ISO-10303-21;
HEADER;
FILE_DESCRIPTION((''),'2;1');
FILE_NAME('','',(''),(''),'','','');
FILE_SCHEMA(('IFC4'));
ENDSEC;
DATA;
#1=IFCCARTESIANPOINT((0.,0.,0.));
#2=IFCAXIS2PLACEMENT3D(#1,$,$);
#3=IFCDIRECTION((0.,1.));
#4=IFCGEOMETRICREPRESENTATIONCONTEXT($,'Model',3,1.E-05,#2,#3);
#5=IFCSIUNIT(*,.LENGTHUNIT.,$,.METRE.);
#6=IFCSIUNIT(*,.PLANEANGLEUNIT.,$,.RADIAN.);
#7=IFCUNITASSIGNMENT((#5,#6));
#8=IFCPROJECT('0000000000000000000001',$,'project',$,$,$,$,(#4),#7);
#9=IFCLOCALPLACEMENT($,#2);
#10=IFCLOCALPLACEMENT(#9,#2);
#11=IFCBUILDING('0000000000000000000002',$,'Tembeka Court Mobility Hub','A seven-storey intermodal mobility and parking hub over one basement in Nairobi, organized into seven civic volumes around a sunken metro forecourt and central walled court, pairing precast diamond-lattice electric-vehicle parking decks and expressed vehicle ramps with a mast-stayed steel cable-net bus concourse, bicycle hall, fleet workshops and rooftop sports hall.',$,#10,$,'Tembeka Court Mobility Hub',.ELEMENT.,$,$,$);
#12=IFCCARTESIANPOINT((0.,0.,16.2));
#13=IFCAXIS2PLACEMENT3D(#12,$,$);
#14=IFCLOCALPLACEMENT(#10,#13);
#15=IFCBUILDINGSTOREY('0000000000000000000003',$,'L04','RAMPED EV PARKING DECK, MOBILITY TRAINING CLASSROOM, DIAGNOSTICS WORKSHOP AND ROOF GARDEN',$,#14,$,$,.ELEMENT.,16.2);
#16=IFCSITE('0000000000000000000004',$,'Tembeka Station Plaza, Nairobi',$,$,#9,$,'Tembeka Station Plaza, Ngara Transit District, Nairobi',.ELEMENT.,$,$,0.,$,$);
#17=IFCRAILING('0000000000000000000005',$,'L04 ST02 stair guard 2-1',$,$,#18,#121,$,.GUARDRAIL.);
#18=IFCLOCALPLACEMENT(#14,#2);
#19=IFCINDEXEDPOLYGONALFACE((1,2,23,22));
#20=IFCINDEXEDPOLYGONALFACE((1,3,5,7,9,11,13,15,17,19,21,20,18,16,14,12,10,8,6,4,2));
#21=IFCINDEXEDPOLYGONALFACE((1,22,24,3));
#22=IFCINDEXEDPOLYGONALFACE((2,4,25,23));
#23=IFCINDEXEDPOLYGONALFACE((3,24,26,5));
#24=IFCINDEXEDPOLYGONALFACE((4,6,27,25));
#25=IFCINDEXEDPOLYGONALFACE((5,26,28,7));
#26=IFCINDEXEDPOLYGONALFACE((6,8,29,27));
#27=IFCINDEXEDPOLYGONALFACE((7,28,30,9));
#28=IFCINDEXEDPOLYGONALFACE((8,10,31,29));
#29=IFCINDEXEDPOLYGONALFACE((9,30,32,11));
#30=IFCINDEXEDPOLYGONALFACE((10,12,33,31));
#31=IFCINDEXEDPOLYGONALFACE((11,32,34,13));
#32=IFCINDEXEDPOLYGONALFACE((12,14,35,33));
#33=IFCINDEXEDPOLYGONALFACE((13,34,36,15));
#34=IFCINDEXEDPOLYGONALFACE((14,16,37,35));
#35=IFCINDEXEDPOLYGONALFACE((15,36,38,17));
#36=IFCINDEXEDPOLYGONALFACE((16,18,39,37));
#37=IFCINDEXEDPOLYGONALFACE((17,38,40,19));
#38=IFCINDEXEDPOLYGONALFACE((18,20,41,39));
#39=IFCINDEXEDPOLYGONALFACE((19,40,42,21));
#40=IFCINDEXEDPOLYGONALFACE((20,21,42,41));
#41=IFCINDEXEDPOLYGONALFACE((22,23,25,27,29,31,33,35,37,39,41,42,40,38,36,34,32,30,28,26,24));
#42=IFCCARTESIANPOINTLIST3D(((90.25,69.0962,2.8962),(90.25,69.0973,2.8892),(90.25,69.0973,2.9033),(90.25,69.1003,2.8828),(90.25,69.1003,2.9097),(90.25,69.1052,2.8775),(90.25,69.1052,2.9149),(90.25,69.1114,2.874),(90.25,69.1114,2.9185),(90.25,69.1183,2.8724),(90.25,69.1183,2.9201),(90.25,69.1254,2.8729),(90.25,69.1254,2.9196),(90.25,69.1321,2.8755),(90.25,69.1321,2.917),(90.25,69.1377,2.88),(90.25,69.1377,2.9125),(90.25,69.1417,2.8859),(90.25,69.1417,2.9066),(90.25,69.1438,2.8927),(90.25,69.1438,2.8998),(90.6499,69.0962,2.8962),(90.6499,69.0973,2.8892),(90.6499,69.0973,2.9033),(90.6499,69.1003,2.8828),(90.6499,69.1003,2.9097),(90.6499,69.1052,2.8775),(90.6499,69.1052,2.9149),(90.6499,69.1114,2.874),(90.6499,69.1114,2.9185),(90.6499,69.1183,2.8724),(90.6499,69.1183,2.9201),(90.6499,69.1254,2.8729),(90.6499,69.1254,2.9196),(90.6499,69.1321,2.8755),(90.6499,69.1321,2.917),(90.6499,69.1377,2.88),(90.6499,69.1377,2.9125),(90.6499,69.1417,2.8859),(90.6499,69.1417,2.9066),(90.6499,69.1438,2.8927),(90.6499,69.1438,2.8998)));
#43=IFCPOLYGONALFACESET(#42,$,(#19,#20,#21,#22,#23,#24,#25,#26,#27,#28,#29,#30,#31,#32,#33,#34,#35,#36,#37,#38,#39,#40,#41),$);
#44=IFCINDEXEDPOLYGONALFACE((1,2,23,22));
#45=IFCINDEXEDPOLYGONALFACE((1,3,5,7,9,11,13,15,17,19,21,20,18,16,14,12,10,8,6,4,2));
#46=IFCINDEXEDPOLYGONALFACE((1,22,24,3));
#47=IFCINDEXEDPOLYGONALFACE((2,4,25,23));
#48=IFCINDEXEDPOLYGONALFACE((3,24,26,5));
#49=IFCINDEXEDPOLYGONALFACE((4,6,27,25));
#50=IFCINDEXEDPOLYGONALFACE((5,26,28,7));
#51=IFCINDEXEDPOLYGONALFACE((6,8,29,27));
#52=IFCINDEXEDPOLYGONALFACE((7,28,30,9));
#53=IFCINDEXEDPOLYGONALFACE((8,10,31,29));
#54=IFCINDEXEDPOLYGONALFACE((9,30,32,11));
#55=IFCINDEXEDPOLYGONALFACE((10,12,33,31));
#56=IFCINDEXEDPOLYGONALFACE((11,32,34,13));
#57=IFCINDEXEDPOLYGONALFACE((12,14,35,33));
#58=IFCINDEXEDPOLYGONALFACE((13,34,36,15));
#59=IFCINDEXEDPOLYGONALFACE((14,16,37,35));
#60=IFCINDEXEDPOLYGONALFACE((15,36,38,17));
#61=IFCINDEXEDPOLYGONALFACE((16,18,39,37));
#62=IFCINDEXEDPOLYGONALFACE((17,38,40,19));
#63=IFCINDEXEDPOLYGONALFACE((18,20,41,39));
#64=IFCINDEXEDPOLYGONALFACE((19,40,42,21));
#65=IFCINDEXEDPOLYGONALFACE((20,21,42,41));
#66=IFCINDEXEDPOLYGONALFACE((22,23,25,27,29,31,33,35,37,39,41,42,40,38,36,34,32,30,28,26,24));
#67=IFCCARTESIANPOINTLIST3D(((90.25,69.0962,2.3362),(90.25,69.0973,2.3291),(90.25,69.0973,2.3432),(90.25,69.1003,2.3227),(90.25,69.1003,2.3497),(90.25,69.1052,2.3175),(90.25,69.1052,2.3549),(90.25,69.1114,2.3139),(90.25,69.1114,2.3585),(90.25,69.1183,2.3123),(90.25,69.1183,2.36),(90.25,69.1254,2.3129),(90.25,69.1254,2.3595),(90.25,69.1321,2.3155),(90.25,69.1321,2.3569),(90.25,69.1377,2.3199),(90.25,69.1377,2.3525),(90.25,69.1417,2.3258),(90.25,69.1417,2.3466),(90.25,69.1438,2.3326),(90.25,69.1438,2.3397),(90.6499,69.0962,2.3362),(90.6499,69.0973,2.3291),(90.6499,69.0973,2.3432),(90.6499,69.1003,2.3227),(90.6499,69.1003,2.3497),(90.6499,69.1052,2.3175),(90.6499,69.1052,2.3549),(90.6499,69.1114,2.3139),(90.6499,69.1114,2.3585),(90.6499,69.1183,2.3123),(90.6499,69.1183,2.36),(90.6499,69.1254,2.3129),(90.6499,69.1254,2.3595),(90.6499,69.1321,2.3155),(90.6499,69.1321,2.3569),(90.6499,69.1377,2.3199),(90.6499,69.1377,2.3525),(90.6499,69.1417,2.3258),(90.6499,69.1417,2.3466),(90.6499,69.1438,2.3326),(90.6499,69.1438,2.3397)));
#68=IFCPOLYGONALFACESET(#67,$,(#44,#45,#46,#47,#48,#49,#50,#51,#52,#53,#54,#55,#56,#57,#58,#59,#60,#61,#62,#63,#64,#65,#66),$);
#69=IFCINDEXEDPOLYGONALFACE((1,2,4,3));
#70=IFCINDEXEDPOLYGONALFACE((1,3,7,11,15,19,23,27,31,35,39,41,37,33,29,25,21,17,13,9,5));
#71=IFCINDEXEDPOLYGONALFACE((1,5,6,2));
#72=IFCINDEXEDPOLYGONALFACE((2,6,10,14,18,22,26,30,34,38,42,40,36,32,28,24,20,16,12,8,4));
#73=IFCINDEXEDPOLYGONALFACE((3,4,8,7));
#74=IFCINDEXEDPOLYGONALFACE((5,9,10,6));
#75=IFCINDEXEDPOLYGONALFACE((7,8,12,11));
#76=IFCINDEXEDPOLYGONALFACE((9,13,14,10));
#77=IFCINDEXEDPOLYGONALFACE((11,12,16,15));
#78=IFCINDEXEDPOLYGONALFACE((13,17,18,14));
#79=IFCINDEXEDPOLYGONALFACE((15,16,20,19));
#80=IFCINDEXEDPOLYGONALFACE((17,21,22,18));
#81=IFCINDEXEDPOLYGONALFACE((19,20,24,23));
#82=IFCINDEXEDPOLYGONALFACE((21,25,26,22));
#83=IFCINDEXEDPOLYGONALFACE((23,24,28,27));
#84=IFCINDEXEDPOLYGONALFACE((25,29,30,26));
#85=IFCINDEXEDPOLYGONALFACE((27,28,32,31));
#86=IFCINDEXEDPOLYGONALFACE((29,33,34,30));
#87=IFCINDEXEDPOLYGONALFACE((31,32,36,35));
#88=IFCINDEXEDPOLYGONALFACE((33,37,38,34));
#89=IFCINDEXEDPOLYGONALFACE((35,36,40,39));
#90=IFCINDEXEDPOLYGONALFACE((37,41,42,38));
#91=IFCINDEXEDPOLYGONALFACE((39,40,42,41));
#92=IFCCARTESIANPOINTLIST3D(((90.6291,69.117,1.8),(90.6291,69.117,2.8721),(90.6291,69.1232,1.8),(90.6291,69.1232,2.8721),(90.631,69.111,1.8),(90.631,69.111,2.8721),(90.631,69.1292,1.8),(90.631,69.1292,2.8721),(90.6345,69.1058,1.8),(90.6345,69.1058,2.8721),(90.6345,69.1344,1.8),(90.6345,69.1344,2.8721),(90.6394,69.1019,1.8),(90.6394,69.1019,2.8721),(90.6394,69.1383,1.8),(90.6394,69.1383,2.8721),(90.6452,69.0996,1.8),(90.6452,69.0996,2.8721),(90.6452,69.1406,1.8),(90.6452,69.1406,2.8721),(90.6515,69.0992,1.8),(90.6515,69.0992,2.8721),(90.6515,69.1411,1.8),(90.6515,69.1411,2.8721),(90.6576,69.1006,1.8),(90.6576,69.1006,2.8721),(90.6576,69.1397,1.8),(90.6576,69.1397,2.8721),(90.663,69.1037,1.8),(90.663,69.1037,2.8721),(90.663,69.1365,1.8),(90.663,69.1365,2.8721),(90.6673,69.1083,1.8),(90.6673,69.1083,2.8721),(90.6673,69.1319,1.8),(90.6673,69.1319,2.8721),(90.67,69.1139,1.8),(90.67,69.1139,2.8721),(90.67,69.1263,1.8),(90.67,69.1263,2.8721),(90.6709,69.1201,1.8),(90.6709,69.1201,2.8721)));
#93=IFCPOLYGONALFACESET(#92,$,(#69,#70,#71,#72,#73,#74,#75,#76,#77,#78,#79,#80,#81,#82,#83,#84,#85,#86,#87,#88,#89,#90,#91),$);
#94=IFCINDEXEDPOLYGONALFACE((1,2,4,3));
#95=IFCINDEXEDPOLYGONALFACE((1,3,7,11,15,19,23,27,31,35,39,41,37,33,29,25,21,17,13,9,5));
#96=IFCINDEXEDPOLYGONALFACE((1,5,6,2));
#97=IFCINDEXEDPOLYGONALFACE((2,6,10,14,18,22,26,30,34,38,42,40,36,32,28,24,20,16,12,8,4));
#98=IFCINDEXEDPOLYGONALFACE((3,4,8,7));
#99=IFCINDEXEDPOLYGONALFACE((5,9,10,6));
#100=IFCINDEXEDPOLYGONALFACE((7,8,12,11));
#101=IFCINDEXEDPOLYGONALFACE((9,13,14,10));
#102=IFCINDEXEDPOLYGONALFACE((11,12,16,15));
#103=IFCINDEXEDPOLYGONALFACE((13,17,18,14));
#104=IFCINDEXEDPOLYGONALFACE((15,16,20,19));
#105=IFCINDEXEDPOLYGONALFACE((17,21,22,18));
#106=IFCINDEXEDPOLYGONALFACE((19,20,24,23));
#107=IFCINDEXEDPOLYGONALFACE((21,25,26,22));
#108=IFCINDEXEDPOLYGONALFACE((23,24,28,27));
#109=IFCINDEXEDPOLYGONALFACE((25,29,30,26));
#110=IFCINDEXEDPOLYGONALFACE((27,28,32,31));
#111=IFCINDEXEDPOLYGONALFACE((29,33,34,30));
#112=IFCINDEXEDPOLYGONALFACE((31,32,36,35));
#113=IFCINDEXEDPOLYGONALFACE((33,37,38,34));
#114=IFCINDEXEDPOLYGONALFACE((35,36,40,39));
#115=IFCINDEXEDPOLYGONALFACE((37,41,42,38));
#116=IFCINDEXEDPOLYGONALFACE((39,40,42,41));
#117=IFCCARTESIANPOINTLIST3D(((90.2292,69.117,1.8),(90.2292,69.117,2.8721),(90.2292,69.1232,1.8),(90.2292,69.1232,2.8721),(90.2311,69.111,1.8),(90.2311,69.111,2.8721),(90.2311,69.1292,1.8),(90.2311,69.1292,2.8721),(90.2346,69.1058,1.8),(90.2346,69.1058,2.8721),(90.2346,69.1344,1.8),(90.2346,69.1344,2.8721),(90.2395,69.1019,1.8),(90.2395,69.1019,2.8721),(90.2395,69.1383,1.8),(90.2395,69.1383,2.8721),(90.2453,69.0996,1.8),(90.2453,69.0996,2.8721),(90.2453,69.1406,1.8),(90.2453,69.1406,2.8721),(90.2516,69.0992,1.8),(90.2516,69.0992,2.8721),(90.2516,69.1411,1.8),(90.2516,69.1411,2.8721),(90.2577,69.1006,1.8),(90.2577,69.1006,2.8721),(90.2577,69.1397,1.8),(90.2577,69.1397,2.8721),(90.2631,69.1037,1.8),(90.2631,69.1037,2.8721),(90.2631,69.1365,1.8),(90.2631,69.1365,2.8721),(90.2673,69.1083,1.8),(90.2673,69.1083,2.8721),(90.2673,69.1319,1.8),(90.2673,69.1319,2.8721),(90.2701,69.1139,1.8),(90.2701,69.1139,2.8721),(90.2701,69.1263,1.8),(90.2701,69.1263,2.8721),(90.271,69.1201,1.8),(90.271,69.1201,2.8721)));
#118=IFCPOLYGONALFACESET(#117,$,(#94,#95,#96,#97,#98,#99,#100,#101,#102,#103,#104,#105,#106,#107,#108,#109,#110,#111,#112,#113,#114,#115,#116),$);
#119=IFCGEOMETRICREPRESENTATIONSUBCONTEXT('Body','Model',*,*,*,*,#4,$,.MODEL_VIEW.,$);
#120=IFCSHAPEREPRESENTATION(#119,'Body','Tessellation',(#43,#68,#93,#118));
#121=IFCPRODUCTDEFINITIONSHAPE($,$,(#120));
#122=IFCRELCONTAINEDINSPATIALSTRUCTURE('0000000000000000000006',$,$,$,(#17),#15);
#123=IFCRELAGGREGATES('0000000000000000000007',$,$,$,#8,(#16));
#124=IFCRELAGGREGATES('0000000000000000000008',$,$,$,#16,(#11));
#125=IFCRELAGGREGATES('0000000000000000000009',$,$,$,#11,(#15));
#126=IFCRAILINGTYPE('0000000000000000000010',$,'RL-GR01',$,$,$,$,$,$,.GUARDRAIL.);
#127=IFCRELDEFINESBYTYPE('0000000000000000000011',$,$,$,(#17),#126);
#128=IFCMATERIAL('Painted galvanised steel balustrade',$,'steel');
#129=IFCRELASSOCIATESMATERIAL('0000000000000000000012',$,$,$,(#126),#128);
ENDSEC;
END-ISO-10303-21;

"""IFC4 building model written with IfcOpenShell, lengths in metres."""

from ifc_helpers import new_model, si_unit, direction, frame, origin, origin_2d, place, context, subcontext, project, spatial, circle, extrude, material, type_object, element, save


model = new_model("IFC4")

# Units and contexts
model_context = context("Model", 3, precision=1e-05, world=origin(), true_north=direction((0.0, 1.0)))
body_context = subcontext(model_context, "Body", "Model", "MODEL_VIEW")
ifc_project = project(units=[si_unit("LENGTHUNIT", "METRE"), si_unit("PLANEANGLEUNIT", "RADIAN")], contexts=[model_context])

# Site, building, storey
site_placement = place(None, origin())
site = spatial("IfcSite", under=ifc_project, at=site_placement, Name="Tembeka Station Plaza, Nairobi", LongName="Tembeka Station Plaza, Ngara Transit District, Nairobi", CompositionType="ELEMENT", RefElevation=0.0)
building_placement = place(site_placement, origin())
building = spatial("IfcBuilding", under=site, at=building_placement, Name="Tembeka Court Mobility Hub", Description="A seven-storey intermodal mobility and parking hub over one basement in Nairobi, organized into seven civic volumes around a sunken metro forecourt and central walled court, pairing precast diamond-lattice electric-vehicle parking decks and expressed vehicle ramps with a mast-stayed steel cable-net bus concourse, bicycle hall, fleet workshops and rooftop sports hall.", LongName="Tembeka Court Mobility Hub", CompositionType="ELEMENT")
storey_placement = place(building_placement, frame((0.0, 0.0, 16.2)))
storey = spatial("IfcBuildingStorey", under=building, at=storey_placement, Name="L04", Description="RAMPED EV PARKING DECK, MOBILITY TRAINING CLASSROOM, DIAGNOSTICS WORKSHOP AND ROOF GARDEN", CompositionType="ELEMENT", Elevation=16.2)

# Railing
ifc_material_1 = material(Name="Painted galvanised steel balustrade", Category="steel")
railing_type_1 = type_object("IfcRailingType", Name="RL-GR01", PredefinedType="GUARDRAIL", material=ifc_material_1)
railing_1_placement = place(storey_placement, frame((90.6499, 69.1201, 1.8)))
element("IfcRailing", 1, at=railing_1_placement, inside=storey, type_object=railing_type_1, Name="L04 ST02 stair guard 2-1", PredefinedType="GUARDRAIL", context=body_context, shape_type="SweptSolid", body=[
    extrude(circle(Radius=0.0239, at=origin_2d()), frame((0.0, 0.0, 1.0962), z_axis=(-1.0, 0.0, 0.0), x_axis=(0.0, -1.0, 0.0)), (0.0, 0.0, 1.0), 0.3999),
    extrude(circle(Radius=0.0239, at=origin_2d()), frame((0.0, 0.0, 0.5361), z_axis=(-1.0, 0.0, 0.0), x_axis=(0.0, -1.0, 0.0)), (0.0, 0.0, 1.0), 0.3999),
    extrude(circle(Radius=0.021, at=origin_2d()), origin(), (0.0, 0.0, 1.0), 1.072),
    extrude(circle(Radius=0.021, at=origin_2d()), frame((-0.3999, 0.0, 0.0)), (0.0, 0.0, 1.0), 1.072),
])

save(model, "model.ifc")
